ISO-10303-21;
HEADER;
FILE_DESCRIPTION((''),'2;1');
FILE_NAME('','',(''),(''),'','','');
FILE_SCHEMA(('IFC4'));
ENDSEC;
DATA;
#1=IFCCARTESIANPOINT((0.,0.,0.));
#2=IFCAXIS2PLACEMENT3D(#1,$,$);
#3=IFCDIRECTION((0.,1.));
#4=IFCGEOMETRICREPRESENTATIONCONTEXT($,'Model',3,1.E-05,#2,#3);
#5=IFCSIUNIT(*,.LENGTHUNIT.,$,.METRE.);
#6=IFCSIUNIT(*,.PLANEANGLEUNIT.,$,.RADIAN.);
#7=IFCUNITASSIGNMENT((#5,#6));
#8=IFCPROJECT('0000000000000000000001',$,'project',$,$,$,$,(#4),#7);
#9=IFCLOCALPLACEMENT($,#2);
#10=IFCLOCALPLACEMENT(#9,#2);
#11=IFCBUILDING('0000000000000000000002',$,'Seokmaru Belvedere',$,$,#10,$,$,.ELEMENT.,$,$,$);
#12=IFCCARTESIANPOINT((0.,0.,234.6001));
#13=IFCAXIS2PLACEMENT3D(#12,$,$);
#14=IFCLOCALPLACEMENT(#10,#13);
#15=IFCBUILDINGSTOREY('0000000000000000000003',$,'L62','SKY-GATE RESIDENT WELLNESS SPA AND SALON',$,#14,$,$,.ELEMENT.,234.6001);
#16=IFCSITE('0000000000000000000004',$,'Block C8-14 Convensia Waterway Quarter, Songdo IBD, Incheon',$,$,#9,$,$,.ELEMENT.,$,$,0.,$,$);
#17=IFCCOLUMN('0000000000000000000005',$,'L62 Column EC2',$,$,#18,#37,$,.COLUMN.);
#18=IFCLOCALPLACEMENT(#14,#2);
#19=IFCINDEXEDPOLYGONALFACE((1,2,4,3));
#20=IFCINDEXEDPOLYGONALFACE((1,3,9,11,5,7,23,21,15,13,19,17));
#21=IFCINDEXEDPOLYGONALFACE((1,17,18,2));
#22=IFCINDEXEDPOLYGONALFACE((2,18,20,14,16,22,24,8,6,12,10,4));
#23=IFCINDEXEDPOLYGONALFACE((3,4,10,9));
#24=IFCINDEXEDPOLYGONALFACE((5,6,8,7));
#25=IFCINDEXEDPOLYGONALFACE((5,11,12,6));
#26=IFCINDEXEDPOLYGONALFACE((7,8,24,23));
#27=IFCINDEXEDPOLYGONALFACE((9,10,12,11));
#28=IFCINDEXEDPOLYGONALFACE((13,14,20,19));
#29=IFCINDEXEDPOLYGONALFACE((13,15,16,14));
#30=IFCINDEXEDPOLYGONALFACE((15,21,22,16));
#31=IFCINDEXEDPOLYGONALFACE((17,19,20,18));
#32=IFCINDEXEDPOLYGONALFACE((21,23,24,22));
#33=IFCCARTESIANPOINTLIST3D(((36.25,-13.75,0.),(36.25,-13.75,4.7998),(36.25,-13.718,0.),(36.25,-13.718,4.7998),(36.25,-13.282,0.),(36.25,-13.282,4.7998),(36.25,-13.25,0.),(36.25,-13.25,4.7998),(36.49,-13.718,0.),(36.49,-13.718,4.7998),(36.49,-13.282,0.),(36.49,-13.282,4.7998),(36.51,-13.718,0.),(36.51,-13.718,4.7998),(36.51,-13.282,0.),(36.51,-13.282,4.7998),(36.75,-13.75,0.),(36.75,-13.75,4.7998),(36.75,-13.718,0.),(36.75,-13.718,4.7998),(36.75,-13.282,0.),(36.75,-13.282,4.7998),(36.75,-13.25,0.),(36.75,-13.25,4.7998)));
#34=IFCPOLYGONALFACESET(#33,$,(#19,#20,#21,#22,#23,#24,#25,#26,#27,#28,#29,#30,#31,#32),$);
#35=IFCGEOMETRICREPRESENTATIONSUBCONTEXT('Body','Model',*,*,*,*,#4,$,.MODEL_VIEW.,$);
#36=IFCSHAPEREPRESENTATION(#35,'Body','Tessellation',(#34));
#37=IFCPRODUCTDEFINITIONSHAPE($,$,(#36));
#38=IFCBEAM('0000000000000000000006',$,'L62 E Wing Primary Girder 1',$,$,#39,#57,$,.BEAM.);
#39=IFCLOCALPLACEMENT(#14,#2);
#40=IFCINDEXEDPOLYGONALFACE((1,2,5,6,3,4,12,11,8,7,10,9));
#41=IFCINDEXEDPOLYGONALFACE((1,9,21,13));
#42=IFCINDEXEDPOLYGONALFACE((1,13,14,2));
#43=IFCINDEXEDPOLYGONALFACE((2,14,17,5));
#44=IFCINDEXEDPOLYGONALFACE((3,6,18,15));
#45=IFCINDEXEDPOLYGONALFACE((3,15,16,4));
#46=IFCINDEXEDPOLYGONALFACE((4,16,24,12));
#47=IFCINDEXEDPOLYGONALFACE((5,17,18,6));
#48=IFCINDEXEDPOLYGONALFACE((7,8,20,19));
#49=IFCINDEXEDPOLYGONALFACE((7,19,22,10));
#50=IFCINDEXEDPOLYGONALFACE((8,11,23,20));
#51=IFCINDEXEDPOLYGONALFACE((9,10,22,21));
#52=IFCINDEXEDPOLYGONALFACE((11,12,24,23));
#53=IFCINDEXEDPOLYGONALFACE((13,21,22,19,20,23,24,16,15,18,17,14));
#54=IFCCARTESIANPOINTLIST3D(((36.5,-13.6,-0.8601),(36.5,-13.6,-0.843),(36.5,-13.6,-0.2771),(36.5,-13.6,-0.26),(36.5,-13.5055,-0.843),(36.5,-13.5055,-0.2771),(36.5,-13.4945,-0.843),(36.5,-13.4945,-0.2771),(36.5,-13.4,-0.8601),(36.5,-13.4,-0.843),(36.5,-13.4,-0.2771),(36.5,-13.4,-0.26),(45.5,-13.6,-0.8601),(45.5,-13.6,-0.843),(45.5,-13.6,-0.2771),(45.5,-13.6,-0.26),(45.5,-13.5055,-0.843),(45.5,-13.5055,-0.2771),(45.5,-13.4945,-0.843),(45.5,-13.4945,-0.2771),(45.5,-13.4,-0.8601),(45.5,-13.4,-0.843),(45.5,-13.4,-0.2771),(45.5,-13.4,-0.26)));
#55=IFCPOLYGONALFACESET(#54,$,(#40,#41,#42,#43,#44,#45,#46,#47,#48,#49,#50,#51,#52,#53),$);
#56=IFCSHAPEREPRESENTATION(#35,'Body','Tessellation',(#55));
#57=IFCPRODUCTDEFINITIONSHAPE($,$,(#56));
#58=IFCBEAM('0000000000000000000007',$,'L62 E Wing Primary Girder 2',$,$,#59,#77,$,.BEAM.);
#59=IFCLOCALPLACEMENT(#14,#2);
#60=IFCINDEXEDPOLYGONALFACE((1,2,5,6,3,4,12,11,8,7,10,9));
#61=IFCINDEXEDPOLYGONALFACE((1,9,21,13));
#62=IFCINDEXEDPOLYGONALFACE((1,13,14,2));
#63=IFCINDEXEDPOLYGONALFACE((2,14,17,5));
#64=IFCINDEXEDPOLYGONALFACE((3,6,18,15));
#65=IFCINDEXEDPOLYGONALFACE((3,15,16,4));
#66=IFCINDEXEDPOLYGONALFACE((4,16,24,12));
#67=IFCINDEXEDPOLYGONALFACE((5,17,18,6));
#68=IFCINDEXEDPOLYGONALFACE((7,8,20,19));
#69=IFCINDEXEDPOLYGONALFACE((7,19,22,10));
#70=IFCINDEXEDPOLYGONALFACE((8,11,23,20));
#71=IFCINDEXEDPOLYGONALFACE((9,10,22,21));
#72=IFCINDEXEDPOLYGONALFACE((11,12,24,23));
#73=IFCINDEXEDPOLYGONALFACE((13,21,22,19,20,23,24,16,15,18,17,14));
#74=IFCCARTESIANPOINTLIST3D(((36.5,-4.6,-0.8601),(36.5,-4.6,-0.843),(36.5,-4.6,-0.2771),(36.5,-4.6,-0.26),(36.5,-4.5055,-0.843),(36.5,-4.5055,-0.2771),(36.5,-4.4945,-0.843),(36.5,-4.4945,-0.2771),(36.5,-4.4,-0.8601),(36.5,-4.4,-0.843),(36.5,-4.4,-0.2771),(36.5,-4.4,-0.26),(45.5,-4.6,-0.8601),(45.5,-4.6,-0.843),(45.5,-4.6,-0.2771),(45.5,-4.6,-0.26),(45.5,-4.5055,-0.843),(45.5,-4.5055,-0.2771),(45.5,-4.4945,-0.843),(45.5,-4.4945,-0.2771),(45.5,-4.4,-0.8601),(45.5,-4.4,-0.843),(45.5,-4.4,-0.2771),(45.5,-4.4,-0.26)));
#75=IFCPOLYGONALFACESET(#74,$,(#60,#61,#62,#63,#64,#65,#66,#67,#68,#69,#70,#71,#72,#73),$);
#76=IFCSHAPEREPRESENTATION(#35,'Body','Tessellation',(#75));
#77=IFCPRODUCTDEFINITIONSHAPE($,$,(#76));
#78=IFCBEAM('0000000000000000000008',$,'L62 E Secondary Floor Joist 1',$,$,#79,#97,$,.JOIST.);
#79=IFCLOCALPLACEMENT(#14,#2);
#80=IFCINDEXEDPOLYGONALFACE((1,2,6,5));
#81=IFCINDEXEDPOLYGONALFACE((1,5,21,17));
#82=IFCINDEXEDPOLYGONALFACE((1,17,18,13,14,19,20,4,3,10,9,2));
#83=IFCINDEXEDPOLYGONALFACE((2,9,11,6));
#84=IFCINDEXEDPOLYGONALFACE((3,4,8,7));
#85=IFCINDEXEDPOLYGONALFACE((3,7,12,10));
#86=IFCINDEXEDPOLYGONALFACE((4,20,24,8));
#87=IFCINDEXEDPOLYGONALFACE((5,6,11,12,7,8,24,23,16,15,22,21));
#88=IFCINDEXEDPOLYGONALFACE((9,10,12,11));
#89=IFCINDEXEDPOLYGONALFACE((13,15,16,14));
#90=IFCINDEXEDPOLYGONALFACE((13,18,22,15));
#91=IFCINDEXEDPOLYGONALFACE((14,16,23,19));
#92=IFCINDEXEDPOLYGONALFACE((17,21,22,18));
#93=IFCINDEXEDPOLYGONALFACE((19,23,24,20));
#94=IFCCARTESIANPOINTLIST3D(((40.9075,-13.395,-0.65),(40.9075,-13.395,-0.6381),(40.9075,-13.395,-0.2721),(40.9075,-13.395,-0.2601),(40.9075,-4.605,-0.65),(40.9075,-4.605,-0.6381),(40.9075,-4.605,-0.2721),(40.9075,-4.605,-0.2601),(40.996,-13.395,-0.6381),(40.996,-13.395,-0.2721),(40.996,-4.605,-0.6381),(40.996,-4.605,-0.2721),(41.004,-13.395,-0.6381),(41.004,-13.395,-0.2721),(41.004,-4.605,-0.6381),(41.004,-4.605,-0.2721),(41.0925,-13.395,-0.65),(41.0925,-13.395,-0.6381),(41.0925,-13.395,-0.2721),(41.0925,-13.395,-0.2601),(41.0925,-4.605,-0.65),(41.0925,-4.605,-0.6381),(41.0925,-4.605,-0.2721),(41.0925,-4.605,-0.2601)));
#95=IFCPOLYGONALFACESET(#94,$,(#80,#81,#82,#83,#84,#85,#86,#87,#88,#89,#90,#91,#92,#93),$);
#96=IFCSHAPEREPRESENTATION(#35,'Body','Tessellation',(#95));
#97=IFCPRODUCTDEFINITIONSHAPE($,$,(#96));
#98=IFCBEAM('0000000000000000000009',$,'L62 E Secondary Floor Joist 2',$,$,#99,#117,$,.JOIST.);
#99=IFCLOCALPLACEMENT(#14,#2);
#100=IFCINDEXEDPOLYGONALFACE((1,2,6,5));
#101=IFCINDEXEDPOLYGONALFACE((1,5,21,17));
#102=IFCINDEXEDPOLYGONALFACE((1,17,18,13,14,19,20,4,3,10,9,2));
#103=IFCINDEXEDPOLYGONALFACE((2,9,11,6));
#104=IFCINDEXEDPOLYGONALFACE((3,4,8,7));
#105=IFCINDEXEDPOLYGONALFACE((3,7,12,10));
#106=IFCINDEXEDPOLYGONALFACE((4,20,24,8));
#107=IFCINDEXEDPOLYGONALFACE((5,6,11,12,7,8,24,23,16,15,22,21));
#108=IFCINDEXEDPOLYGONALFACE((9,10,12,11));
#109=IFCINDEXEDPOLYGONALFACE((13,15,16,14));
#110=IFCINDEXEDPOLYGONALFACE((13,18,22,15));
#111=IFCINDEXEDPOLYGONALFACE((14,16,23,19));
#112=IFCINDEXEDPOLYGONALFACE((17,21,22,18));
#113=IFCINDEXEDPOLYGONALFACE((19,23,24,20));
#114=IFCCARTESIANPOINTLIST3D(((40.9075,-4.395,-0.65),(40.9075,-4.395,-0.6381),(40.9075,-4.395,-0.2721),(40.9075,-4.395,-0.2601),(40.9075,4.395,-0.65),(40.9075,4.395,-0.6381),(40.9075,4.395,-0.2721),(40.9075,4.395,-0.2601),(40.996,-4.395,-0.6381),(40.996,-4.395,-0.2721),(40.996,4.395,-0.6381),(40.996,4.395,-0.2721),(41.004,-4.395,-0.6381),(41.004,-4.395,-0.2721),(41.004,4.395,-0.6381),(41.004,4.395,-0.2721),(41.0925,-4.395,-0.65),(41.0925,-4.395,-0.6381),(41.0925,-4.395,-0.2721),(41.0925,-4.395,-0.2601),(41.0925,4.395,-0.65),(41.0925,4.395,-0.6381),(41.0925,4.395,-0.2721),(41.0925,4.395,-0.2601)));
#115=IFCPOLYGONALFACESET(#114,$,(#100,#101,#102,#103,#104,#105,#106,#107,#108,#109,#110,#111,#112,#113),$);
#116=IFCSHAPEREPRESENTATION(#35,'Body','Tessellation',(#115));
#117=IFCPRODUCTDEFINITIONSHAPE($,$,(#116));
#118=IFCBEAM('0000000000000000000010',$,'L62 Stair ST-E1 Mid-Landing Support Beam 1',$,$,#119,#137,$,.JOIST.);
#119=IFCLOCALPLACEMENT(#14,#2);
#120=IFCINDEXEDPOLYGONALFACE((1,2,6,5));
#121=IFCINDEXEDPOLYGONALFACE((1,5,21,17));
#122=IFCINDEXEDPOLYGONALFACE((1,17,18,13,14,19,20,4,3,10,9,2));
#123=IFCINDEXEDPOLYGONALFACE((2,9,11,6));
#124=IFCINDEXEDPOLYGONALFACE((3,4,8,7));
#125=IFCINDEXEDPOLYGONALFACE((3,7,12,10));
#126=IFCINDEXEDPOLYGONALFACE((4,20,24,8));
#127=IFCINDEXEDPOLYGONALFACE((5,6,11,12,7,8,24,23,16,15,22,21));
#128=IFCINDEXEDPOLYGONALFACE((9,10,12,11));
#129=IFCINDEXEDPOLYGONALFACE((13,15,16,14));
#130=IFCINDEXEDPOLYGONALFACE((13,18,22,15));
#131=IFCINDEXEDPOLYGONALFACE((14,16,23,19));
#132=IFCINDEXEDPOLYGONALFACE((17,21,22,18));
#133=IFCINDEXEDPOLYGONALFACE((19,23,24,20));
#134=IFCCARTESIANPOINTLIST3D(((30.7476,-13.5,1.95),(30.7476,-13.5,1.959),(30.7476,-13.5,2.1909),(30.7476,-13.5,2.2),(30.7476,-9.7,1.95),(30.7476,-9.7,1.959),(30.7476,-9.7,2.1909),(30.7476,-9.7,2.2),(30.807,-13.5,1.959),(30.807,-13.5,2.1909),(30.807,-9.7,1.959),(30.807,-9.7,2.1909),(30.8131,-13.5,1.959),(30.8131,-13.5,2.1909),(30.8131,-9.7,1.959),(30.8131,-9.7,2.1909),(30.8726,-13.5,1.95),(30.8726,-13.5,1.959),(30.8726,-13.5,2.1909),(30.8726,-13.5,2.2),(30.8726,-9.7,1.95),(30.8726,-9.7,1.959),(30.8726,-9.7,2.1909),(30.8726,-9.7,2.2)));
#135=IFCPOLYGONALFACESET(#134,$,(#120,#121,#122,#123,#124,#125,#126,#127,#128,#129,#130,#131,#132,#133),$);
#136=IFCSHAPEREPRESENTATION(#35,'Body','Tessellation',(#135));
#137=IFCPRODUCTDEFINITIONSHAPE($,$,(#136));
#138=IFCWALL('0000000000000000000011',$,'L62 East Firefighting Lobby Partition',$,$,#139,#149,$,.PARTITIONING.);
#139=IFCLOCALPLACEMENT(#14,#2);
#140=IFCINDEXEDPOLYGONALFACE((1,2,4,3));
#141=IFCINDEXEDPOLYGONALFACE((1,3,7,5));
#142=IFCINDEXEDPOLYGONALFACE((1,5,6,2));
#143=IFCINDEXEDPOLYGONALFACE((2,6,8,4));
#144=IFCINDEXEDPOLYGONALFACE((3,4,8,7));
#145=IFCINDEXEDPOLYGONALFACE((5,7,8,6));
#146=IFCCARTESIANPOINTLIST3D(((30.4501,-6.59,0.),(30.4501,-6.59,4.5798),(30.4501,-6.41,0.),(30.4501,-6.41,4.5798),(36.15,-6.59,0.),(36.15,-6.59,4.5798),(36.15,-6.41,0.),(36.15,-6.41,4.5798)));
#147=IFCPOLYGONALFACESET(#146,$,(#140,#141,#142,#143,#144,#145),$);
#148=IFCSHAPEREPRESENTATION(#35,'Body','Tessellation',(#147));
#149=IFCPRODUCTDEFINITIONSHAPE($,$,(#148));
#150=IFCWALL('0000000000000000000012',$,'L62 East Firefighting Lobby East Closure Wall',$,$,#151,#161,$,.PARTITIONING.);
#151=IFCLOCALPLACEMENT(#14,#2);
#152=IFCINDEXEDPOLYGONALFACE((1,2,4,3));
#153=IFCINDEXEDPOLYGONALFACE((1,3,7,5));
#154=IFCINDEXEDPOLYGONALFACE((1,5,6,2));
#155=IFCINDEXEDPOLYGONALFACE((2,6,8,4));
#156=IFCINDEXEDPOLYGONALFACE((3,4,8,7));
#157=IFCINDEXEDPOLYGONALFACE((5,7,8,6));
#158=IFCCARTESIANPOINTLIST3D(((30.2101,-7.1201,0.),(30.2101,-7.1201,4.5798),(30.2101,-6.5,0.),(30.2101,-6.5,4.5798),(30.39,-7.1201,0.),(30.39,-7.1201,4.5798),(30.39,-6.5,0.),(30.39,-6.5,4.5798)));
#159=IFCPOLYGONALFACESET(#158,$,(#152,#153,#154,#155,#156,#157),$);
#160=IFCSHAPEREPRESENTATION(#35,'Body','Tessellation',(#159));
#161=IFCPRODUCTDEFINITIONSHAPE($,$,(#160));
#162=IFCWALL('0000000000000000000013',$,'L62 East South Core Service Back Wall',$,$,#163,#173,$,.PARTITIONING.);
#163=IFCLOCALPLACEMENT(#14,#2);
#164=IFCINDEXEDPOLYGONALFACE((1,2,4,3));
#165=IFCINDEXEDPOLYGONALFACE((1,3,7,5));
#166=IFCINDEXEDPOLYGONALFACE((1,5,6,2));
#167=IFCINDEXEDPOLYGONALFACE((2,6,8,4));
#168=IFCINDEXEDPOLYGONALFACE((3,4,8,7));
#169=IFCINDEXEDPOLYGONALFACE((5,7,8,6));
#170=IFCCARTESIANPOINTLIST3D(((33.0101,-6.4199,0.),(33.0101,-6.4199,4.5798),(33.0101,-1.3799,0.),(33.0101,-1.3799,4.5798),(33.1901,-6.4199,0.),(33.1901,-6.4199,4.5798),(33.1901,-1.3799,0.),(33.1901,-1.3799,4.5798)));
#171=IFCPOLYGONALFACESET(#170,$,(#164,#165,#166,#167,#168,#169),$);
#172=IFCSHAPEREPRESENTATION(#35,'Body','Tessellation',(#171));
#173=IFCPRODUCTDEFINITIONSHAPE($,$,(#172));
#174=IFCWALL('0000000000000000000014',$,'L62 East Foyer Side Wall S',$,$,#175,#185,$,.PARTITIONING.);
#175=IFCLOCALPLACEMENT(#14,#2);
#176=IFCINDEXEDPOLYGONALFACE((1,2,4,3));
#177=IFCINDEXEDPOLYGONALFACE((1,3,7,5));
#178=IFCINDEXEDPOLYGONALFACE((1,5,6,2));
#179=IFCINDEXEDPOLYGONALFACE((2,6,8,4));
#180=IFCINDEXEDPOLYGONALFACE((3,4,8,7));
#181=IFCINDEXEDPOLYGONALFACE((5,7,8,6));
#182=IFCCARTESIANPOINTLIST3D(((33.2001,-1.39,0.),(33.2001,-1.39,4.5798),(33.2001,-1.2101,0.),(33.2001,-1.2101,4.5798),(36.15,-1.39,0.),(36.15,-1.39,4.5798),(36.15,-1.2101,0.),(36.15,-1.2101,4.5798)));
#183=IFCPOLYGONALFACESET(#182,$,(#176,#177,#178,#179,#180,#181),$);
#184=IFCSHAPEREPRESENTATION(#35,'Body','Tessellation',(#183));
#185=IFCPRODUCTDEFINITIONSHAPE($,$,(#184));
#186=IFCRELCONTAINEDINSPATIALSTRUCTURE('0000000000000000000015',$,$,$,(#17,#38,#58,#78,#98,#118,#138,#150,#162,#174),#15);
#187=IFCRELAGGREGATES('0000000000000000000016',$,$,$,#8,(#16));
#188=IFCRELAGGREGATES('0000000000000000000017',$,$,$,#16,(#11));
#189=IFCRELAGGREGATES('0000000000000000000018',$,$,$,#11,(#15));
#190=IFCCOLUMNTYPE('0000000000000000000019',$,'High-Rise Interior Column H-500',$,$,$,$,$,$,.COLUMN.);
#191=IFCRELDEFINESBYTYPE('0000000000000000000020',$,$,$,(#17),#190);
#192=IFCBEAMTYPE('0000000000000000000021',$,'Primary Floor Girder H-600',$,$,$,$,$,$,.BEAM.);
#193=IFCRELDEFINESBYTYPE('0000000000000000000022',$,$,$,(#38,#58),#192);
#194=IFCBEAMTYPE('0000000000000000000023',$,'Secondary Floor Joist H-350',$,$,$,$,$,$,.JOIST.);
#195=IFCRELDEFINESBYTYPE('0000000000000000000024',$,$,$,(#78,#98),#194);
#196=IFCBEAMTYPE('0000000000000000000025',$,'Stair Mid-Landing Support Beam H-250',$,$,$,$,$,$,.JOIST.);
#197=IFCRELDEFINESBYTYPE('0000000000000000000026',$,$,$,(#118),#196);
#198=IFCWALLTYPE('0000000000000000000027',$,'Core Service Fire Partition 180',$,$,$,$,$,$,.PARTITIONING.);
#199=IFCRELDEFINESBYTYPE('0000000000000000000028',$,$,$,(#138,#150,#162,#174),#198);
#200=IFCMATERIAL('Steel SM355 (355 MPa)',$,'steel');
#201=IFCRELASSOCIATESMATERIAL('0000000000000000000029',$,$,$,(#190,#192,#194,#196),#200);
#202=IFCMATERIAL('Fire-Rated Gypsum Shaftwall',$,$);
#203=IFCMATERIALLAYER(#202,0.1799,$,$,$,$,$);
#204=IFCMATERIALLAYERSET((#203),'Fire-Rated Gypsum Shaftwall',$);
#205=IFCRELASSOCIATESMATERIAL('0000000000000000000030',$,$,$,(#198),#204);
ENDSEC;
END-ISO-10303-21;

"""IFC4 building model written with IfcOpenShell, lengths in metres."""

from ifc_helpers import new_model, si_unit, direction, frame, frame_2d, origin, origin_2d, place, context, subcontext, project, spatial, rectangle, i_section, extrude, source, transform, mapped, material, layer, layer_set, material_profile, profile_set, type_object, type_shapes, element, save


model = new_model("IFC4")

# Units and contexts
model_context = context("Model", 3, precision=1e-05, world=origin(), true_north=direction((0.0, 1.0)))
body_context = subcontext(model_context, "Body", "Model", "MODEL_VIEW")
ifc_project = project(units=[si_unit("LENGTHUNIT", "METRE"), si_unit("PLANEANGLEUNIT", "RADIAN")], contexts=[model_context])

# Site, building, storey
site_placement = place(None, origin())
site = spatial("IfcSite", under=ifc_project, at=site_placement, Name="Block C8-14 Convensia Waterway Quarter, Songdo IBD, Incheon", CompositionType="ELEMENT", RefElevation=0.0)
building_placement = place(site_placement, origin())
building = spatial("IfcBuilding", under=site, at=building_placement, Name="Seokmaru Belvedere", CompositionType="ELEMENT")
storey_placement = place(building_placement, frame((0.0, 0.0, 234.6001)))
storey = spatial("IfcBuildingStorey", under=building, at=storey_placement, Name="L62", Description="SKY-GATE RESIDENT WELLNESS SPA AND SALON", CompositionType="ELEMENT", Elevation=234.6001)

# Column
ifc_material_1 = material(Name="Steel SM355 (355 MPa)", Category="steel")
ifc_material_profile_1 = material_profile(ifc_material_1, i_section(OverallWidth=0.5, OverallDepth=0.5, WebThickness=0.02, FlangeThickness=0.032, at=origin_2d()), Name="H-500x500x20x32")
ifc_profile_set_1 = profile_set([ifc_material_profile_1], Name="Steel SM355 (355 MPa)")
column_type = type_object("IfcColumnType", Name="High-Rise Interior Column H-500", PredefinedType="COLUMN", material=ifc_profile_set_1)
shared_shape_1 = source(origin(), body_context, "Body", "SweptSolid", [
    extrude(i_section(OverallWidth=0.5, OverallDepth=0.5, WebThickness=0.02, FlangeThickness=0.032, at=origin_2d()), origin(), (0.0, 0.0, 1.0), 4.7998),
])
type_shapes(column_type, [shared_shape_1])
column_placement = place(storey_placement, frame((36.5, -13.5, 0.0), z_axis=(0.0, 0.0, 1.0), x_axis=(1.0, 0.0, 0.0)))
element("IfcColumn", 1, at=column_placement, inside=storey, type_object=column_type, Name="L62 Column EC2", PredefinedType="COLUMN", context=body_context, shape_type="MappedRepresentation", body=[
    mapped(shared_shape_1, transform((0.0, 0.0, 0.0), scale=1.0)),
])

# Beams
ifc_material_profile_2 = material_profile(ifc_material_1, i_section(OverallWidth=0.2, OverallDepth=0.6001, WebThickness=0.011, FlangeThickness=0.0171, at=origin_2d()), Name="H-600x200x11x17")
ifc_profile_set_2 = profile_set([ifc_material_profile_2], Name="Steel SM355 (355 MPa)")
beam_type_1 = type_object("IfcBeamType", Name="Primary Floor Girder H-600", PredefinedType="BEAM", material=ifc_profile_set_2)
shared_shape_2 = source(origin(), body_context, "Body", "SweptSolid", [
    extrude(i_section(OverallWidth=0.2, OverallDepth=0.6001, WebThickness=0.011, FlangeThickness=0.0171, at=origin_2d()), origin(), (0.0, 0.0, 1.0), 9.0),
])
type_shapes(beam_type_1, [shared_shape_2])
for number, where, z_axis, x_axis, name in (
    (2, (36.5, -13.5, -0.5601), (1.0, 0.0, 0.0), (0.0, 1.0, 0.0), "L62 E Wing Primary Girder 1"),
    (3, (36.5, -4.5, -0.5601), (1.0, 0.0, 0.0), (0.0, 1.0, 0.0), "L62 E Wing Primary Girder 2"),
):
    element("IfcBeam", number, at=place(storey_placement, frame(where, z_axis=z_axis, x_axis=x_axis)), inside=storey, type_object=beam_type_1, Name=name, PredefinedType="BEAM", context=body_context, shape_type="MappedRepresentation", body=[
        mapped(shared_shape_2, transform((0.0, 0.0, 0.0), scale=1.0)),
    ])
ifc_material_profile_3 = material_profile(ifc_material_1, i_section(OverallWidth=0.1851, OverallDepth=0.3899, WebThickness=0.0081, FlangeThickness=0.012, at=origin_2d()), Name="H-390x185x8x12")
ifc_profile_set_3 = profile_set([ifc_material_profile_3], Name="Steel SM355 (355 MPa)")
beam_type_2 = type_object("IfcBeamType", Name="Secondary Floor Joist H-350", PredefinedType="JOIST", material=ifc_profile_set_3)
shared_shape_3 = source(origin(), body_context, "Body", "SweptSolid", [
    extrude(i_section(OverallWidth=0.1851, OverallDepth=0.3899, WebThickness=0.0081, FlangeThickness=0.012, at=origin_2d()), origin(), (0.0, 0.0, 1.0), 8.79),
])
type_shapes(beam_type_2, [shared_shape_3])
for number, where, z_axis, x_axis, name in (
    (4, (41.0, -13.395, -0.4551), (0.0, 1.0, 0.0), (-1.0, 0.0, 0.0), "L62 E Secondary Floor Joist 1"),
    (5, (41.0, -4.395, -0.4551), (0.0, 1.0, 0.0), (-1.0, 0.0, 0.0), "L62 E Secondary Floor Joist 2"),
):
    element("IfcBeam", number, at=place(storey_placement, frame(where, z_axis=z_axis, x_axis=x_axis)), inside=storey, type_object=beam_type_2, Name=name, PredefinedType="JOIST", context=body_context, shape_type="MappedRepresentation", body=[
        mapped(shared_shape_3, transform((0.0, 0.0, 0.0), scale=1.0)),
    ])
ifc_material_profile_4 = material_profile(ifc_material_1, i_section(OverallWidth=0.125, OverallDepth=0.25, WebThickness=0.0061, FlangeThickness=0.009, at=origin_2d()), Name="H-250x125x6x9")
ifc_profile_set_4 = profile_set([ifc_material_profile_4], Name="Steel SM355 (355 MPa)")
beam_type_3 = type_object("IfcBeamType", Name="Stair Mid-Landing Support Beam H-250", PredefinedType="JOIST", material=ifc_profile_set_4)
shared_shape_4 = source(origin(), body_context, "Body", "SweptSolid", [
    extrude(i_section(OverallWidth=0.125, OverallDepth=0.25, WebThickness=0.0061, FlangeThickness=0.009, at=origin_2d()), origin(), (0.0, 0.0, 1.0), 3.8),
])
type_shapes(beam_type_3, [shared_shape_4])
beam_placement = place(storey_placement, frame((30.8101, -13.5, 2.075), z_axis=(0.0, 1.0, 0.0), x_axis=(-1.0, 0.0, 0.0)))
element("IfcBeam", 6, at=beam_placement, inside=storey, type_object=beam_type_3, Name="L62 Stair ST-E1 Mid-Landing Support Beam 1", PredefinedType="JOIST", context=body_context, shape_type="MappedRepresentation", body=[
    mapped(shared_shape_4, transform((0.0, 0.0, 0.0), scale=1.0)),
])

# Walls
ifc_material_2 = material(Name="Fire-Rated Gypsum Shaftwall")
ifc_layer_1 = layer(ifc_material_2, 0.1799)
ifc_layer_set_1 = layer_set([ifc_layer_1], Name="Fire-Rated Gypsum Shaftwall")
wall_type_1 = type_object("IfcWallType", Name="Core Service Fire Partition 180", PredefinedType="PARTITIONING", material=ifc_layer_set_1)
wall_1_placement = place(storey_placement, frame((30.45, -6.5, 0.0), z_axis=(0.0, 0.0, 1.0), x_axis=(1.0, 0.0, 0.0)))
element("IfcWall", 7, at=wall_1_placement, inside=storey, type_object=wall_type_1, Name="L62 East Firefighting Lobby Partition", PredefinedType="PARTITIONING", context=body_context, shape_type="SweptSolid", body=[
    extrude(rectangle(XDim=5.7, YDim=0.1799, at=frame_2d((2.8501, 0.0))), origin(), (0.0, 0.0, 1.0), 4.5798),
])
wall_2_placement = place(storey_placement, frame((30.3, -7.1201, 0.0), z_axis=(0.0, 0.0, 1.0), x_axis=(0.0, 1.0, 0.0)))
element("IfcWall", 8, at=wall_2_placement, inside=storey, type_object=wall_type_1, Name="L62 East Firefighting Lobby East Closure Wall", PredefinedType="PARTITIONING", context=body_context, shape_type="SweptSolid", body=[
    extrude(rectangle(XDim=0.6201, YDim=0.1799, at=frame_2d((0.3101, 0.0))), origin(), (0.0, 0.0, 1.0), 4.5798),
])
wall_3_placement = place(storey_placement, frame((33.1001, -6.4199, 0.0), z_axis=(0.0, 0.0, 1.0), x_axis=(0.0, 1.0, 0.0)))
element("IfcWall", 9, at=wall_3_placement, inside=storey, type_object=wall_type_1, Name="L62 East South Core Service Back Wall", PredefinedType="PARTITIONING", context=body_context, shape_type="SweptSolid", body=[
    extrude(rectangle(XDim=5.04, YDim=0.1799, at=frame_2d((2.52, 0.0))), origin(), (0.0, 0.0, 1.0), 4.5798),
])
wall_4_placement = place(storey_placement, frame((33.2, -1.3, 0.0), z_axis=(0.0, 0.0, 1.0), x_axis=(1.0, 0.0, 0.0)))
element("IfcWall", 10, at=wall_4_placement, inside=storey, type_object=wall_type_1, Name="L62 East Foyer Side Wall S", PredefinedType="PARTITIONING", context=body_context, shape_type="SweptSolid", body=[
    extrude(rectangle(XDim=2.95, YDim=0.1799, at=frame_2d((1.4751, 0.0))), origin(), (0.0, 0.0, 1.0), 4.5798),
])

save(model, "model.ifc")
